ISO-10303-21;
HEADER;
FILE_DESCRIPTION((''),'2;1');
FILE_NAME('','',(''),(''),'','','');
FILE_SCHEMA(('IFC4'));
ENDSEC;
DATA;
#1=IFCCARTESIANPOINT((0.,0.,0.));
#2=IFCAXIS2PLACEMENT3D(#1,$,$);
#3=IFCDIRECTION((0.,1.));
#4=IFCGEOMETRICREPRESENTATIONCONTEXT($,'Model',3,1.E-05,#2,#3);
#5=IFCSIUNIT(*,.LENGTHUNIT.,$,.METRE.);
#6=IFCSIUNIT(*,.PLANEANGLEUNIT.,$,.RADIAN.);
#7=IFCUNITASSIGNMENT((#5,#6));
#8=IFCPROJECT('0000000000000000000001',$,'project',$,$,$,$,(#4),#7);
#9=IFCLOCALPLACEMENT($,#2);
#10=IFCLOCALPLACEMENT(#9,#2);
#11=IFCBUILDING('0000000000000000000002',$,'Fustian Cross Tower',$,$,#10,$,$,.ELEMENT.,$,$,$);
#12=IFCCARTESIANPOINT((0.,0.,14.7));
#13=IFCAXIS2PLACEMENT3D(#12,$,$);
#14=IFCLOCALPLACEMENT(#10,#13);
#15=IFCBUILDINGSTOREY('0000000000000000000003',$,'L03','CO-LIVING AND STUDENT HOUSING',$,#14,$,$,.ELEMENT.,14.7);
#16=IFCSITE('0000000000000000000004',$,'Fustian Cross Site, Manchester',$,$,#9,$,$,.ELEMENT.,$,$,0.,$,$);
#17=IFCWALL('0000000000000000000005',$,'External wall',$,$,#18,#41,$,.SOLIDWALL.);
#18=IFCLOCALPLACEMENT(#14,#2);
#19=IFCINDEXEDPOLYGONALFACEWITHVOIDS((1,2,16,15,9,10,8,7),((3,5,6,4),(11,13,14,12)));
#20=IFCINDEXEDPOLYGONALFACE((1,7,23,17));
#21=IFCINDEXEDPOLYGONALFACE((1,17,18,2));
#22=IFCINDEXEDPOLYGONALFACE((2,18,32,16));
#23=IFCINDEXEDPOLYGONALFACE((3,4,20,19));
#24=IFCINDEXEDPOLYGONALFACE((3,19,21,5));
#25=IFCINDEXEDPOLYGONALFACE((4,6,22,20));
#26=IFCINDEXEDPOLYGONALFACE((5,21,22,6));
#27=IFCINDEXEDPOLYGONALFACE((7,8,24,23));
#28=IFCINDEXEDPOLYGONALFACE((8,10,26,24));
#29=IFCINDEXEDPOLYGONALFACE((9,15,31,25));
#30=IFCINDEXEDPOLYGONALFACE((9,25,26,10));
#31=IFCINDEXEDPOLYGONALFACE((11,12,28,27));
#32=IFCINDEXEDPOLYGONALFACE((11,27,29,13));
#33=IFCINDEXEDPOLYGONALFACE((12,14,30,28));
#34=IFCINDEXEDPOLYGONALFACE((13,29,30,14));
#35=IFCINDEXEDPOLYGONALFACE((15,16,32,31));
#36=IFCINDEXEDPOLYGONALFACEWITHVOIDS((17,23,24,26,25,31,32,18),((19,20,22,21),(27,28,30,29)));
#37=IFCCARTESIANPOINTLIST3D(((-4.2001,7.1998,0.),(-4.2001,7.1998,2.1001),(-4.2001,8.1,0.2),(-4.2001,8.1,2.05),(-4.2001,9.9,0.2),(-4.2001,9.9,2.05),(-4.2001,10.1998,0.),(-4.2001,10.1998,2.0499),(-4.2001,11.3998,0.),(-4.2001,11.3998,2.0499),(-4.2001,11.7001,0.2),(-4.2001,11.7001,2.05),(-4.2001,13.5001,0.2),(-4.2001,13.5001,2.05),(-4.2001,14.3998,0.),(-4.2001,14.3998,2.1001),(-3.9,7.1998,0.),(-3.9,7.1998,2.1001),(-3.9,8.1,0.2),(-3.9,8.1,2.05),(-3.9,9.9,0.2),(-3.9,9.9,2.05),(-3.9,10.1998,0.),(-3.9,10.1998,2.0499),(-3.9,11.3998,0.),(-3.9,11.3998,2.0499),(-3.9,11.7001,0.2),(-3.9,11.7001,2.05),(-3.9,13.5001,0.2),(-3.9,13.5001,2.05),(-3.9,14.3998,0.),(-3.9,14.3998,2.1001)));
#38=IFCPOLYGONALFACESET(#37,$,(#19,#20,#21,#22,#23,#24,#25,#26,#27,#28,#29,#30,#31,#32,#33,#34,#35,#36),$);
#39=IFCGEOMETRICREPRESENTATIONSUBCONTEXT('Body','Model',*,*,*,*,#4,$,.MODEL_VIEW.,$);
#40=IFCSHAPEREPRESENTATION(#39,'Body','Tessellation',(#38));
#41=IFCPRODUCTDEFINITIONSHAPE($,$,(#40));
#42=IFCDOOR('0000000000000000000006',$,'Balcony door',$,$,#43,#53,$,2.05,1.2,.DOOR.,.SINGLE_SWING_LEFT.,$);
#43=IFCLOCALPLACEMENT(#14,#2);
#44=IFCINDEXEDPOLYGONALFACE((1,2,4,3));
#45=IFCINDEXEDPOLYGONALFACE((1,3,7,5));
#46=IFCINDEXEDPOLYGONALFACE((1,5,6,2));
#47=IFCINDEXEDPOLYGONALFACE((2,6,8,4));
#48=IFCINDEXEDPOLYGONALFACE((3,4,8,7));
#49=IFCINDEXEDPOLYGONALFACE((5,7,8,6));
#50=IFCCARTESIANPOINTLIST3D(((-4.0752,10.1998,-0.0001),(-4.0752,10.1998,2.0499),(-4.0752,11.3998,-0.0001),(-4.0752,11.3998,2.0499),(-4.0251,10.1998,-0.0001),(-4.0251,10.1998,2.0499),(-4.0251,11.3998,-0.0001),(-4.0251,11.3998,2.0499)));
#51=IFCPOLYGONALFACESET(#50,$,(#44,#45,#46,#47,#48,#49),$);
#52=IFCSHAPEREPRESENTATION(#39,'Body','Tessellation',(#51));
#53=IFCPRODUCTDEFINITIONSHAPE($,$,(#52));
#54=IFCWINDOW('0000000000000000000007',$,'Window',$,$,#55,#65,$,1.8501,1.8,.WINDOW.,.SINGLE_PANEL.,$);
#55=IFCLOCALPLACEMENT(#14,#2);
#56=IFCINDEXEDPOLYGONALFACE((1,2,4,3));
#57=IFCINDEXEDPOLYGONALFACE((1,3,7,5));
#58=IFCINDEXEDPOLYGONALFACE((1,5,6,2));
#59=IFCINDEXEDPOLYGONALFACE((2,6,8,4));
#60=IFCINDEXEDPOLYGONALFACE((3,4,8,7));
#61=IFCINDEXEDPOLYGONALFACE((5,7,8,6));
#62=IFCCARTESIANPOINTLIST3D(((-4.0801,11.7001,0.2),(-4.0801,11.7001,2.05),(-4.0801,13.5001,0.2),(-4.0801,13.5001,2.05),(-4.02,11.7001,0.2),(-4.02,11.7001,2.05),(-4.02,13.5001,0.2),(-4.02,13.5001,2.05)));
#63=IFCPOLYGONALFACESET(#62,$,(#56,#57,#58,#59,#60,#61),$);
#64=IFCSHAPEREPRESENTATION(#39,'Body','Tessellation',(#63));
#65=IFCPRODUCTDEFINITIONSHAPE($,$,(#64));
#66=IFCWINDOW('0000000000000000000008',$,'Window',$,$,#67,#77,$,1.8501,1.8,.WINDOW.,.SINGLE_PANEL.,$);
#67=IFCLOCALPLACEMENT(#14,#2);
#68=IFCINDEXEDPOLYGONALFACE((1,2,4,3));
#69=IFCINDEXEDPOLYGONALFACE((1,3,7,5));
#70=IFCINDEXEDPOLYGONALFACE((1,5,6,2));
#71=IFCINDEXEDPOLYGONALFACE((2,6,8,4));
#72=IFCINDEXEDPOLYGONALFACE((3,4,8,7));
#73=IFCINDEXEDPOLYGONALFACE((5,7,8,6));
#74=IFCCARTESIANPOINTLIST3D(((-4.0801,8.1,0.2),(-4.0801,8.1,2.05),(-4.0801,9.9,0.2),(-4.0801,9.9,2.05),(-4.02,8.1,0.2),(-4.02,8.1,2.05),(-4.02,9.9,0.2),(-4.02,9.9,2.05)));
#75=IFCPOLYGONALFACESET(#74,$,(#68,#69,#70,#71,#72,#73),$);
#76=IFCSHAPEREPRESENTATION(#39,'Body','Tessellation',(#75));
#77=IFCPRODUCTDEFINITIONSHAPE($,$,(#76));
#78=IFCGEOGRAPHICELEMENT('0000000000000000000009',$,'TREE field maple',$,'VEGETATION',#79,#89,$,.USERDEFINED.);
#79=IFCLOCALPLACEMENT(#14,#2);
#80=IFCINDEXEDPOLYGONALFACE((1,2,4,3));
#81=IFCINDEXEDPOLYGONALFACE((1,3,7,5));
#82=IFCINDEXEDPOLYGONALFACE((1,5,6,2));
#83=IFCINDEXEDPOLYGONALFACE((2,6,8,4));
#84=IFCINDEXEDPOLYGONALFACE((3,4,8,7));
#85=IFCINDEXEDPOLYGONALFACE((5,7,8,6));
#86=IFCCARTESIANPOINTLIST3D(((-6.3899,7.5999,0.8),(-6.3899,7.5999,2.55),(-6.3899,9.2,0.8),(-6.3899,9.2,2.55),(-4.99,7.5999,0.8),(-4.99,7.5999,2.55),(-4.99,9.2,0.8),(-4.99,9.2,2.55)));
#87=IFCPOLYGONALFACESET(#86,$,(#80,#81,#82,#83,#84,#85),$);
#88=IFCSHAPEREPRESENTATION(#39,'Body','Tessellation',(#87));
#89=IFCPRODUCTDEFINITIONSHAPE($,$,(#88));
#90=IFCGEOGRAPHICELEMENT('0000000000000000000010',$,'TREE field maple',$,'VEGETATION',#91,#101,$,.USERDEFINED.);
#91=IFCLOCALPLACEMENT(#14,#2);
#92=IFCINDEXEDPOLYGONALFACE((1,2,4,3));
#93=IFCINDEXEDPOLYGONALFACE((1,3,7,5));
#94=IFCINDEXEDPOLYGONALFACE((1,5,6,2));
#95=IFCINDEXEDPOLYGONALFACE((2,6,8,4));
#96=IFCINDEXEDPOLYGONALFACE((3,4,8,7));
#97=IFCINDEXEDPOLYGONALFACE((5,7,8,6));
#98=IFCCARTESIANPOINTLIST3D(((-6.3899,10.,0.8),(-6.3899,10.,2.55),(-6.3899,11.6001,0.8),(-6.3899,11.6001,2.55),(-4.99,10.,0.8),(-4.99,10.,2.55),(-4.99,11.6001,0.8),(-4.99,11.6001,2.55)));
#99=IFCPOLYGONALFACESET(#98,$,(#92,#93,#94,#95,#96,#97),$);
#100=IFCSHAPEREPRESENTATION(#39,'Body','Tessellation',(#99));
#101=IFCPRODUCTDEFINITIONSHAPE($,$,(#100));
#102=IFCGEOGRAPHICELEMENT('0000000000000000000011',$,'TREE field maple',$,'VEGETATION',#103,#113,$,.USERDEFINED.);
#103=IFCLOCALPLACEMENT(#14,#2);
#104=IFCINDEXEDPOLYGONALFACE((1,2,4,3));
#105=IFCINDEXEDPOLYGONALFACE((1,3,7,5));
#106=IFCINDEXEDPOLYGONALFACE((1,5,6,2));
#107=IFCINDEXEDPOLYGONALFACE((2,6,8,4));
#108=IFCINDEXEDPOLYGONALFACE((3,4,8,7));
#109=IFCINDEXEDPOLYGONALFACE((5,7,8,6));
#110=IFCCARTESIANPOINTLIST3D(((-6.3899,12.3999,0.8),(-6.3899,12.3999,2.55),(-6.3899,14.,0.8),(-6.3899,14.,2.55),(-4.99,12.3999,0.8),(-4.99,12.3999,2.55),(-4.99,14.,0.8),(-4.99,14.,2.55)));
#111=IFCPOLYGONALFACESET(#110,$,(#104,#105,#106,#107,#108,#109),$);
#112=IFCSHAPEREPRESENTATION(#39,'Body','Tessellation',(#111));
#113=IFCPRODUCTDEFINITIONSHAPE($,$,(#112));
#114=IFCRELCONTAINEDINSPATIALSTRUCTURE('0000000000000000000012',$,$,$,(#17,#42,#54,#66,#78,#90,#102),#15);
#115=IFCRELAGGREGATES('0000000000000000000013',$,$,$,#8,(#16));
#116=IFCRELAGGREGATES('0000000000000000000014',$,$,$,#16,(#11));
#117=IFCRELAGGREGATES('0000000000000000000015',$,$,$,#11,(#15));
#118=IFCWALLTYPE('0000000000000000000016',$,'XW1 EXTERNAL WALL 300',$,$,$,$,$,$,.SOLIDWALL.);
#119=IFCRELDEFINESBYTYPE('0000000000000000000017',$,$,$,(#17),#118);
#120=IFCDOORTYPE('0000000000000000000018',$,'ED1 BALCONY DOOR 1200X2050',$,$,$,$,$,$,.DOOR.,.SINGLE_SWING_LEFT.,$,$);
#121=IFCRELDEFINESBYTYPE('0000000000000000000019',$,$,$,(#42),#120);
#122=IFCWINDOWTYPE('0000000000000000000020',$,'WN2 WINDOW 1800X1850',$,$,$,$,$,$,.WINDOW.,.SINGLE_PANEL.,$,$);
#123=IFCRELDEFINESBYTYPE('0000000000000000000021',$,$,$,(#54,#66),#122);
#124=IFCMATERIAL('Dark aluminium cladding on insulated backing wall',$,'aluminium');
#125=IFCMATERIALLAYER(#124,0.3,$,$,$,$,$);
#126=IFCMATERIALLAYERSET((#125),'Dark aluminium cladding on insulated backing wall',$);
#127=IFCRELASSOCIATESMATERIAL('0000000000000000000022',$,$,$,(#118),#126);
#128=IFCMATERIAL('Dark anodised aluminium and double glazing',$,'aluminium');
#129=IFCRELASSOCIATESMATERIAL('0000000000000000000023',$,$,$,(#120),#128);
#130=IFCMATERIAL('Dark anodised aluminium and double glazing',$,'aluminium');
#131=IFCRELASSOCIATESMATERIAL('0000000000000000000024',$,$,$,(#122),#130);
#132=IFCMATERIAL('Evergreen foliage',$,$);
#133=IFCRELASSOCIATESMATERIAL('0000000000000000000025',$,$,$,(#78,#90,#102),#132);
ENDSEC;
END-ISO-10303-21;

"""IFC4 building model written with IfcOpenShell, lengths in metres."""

from ifc_helpers import new_model, si_unit, direction, frame, frame_2d, origin, origin_2d, place, context, subcontext, project, spatial, rectangle, extrude, material, layer, layer_set, type_object, element, fill, save


model = new_model("IFC4")

# Units and contexts
model_context = context("Model", 3, precision=1e-05, world=origin(), true_north=direction((0.0, 1.0)))
body_context = subcontext(model_context, "Body", "Model", "MODEL_VIEW")
ifc_project = project(units=[si_unit("LENGTHUNIT", "METRE"), si_unit("PLANEANGLEUNIT", "RADIAN")], contexts=[model_context])

# Site, building, storey
site_placement = place(None, origin())
site = spatial("IfcSite", under=ifc_project, at=site_placement, Name="Fustian Cross Site, Manchester", CompositionType="ELEMENT", RefElevation=0.0)
building_placement = place(site_placement, origin())
building = spatial("IfcBuilding", under=site, at=building_placement, Name="Fustian Cross Tower", CompositionType="ELEMENT")
storey_placement = place(building_placement, frame((0.0, 0.0, 14.7)))
storey = spatial("IfcBuildingStorey", under=building, at=storey_placement, Name="L03", Description="CO-LIVING AND STUDENT HOUSING", CompositionType="ELEMENT", Elevation=14.7)

# Shared definitions
ifc_material_1 = material(Name="Dark aluminium cladding on insulated backing wall", Category="aluminium")
ifc_layer_1 = layer(ifc_material_1, 0.3)
ifc_layer_set_1 = layer_set([ifc_layer_1], Name="Dark aluminium cladding on insulated backing wall")
wall_type_1 = type_object("IfcWallType", Name="XW1 EXTERNAL WALL 300", PredefinedType="SOLIDWALL", material=ifc_layer_set_1)

# Wall, openings, door, windows
wall_1_placement = place(storey_placement, frame((-4.05, 14.3999, 0.0), z_axis=(0.0, 0.0, 1.0), x_axis=(0.0, -1.0, 0.0)))
wall_1 = element("IfcWall", 1, at=wall_1_placement, inside=storey, type_object=wall_type_1, Name="External wall", PredefinedType="SOLIDWALL", context=body_context, shape_type="SweptSolid", body=[
    extrude(rectangle(XDim=7.2, YDim=0.3, at=frame_2d((3.6001, 0.0))), origin(), (0.0, 0.0, 1.0), 2.1001),
])
opening_1_placement = place(wall_1_placement, frame((3.0, 0.0, 0.0)))
opening_1 = element("IfcOpeningElement", 2, at=opening_1_placement, cuts=wall_1, PredefinedType="OPENING", context=body_context, shape_type="SweptSolid", body=[
    extrude(rectangle(XDim=1.2, YDim=2.05, at=frame_2d((0.6001, 1.0249))), frame((0.0, 0.1599, 0.0), z_axis=(0.0, -1.0, 0.0), x_axis=(1.0, 0.0, 0.0)), (0.0, 0.0, 1.0), 0.3201),
])
opening_2_placement = place(wall_1_placement, frame((0.8999, 0.0, 0.2)))
opening_2 = element("IfcOpeningElement", 3, at=opening_2_placement, cuts=wall_1, PredefinedType="OPENING", context=body_context, shape_type="SweptSolid", body=[
    extrude(rectangle(XDim=1.8, YDim=1.8501, at=frame_2d((0.8999, 0.925))), frame((0.0, 0.1599, 0.0), z_axis=(0.0, -1.0, 0.0), x_axis=(1.0, 0.0, 0.0)), (0.0, 0.0, 1.0), 0.3201),
])
opening_3_placement = place(wall_1_placement, frame((4.5, 0.0, 0.2)))
opening_3 = element("IfcOpeningElement", 4, at=opening_3_placement, cuts=wall_1, PredefinedType="OPENING", context=body_context, shape_type="SweptSolid", body=[
    extrude(rectangle(XDim=1.8, YDim=1.8501, at=frame_2d((0.8999, 0.925))), frame((0.0, 0.1599, 0.0), z_axis=(0.0, -1.0, 0.0), x_axis=(1.0, 0.0, 0.0)), (0.0, 0.0, 1.0), 0.3201),
])
ifc_material_2 = material(Name="Dark anodised aluminium and double glazing", Category="aluminium")
door_type_1 = type_object("IfcDoorType", Name="ED1 BALCONY DOOR 1200X2050", OperationType="SINGLE_SWING_LEFT", PredefinedType="DOOR", material=ifc_material_2)
door_1_placement = place(opening_1_placement, origin())
door_1 = element("IfcDoor", 5, at=door_1_placement, inside=storey, type_object=door_type_1, Name="Balcony door", OperationType="SINGLE_SWING_LEFT", OverallHeight=2.05, OverallWidth=1.2, PredefinedType="DOOR", context=body_context, shape_type="SweptSolid", body=[
    extrude(rectangle(XDim=1.2, YDim=2.05, at=frame_2d((0.6001, 1.0249))), frame((0.0, 0.0249, 0.0), z_axis=(0.0, -1.0, 0.0), x_axis=(1.0, 0.0, 0.0)), (0.0, 0.0, 1.0), 0.05),
])
fill(opening_1, door_1)
ifc_material_3 = material(Name="Dark anodised aluminium and double glazing", Category="aluminium")
window_type = type_object("IfcWindowType", Name="WN2 WINDOW 1800X1850", PartitioningType="SINGLE_PANEL", PredefinedType="WINDOW", material=ifc_material_3)
window_1_placement = place(opening_2_placement, origin())
window_1 = element("IfcWindow", 6, at=window_1_placement, inside=storey, type_object=window_type, Name="Window", OverallHeight=1.8501, OverallWidth=1.8, PartitioningType="SINGLE_PANEL", PredefinedType="WINDOW", context=body_context, shape_type="SweptSolid", body=[
    extrude(rectangle(XDim=1.8, YDim=1.8501, at=frame_2d((0.8999, 0.925))), frame((0.0, 0.03, 0.0), z_axis=(0.0, -1.0, 0.0), x_axis=(1.0, 0.0, 0.0)), (0.0, 0.0, 1.0), 0.0601),
])
fill(opening_2, window_1)
window_2_placement = place(opening_3_placement, origin())
window_2 = element("IfcWindow", 7, at=window_2_placement, inside=storey, type_object=window_type, Name="Window", OverallHeight=1.8501, OverallWidth=1.8, PartitioningType="SINGLE_PANEL", PredefinedType="WINDOW", context=body_context, shape_type="SweptSolid", body=[
    extrude(rectangle(XDim=1.8, YDim=1.8501, at=frame_2d((0.8999, 0.925))), frame((0.0, 0.03, 0.0), z_axis=(0.0, -1.0, 0.0), x_axis=(1.0, 0.0, 0.0)), (0.0, 0.0, 1.0), 0.0601),
])
fill(opening_3, window_2)

# Geographic elements
ifc_material_4 = material(Name="Evergreen foliage")
for number, where, z_axis, x_axis, name in (
    (8, (-5.6899, 8.3999, 0.8), (0.0, 0.0, 1.0), (1.0, 0.0, 0.0), "TREE field maple"),
    (9, (-5.6899, 10.8, 0.8), (0.0, 0.0, 1.0), (1.0, 0.0, 0.0), "TREE field maple"),
    (10, (-5.6899, 13.2, 0.8), (0.0, 0.0, 1.0), (1.0, 0.0, 0.0), "TREE field maple"),
):
    element("IfcGeographicElement", number, at=place(storey_placement, frame(where, z_axis=z_axis, x_axis=x_axis)), inside=storey, material=ifc_material_4, Name=name, ObjectType="VEGETATION", PredefinedType="USERDEFINED", context=body_context, shape_type="SweptSolid", body=[
        extrude(rectangle(XDim=1.3999, YDim=1.6001, at=origin_2d()), origin(), (0.0, 0.0, 1.0), 1.75),
    ])

save(model, "model.ifc")
